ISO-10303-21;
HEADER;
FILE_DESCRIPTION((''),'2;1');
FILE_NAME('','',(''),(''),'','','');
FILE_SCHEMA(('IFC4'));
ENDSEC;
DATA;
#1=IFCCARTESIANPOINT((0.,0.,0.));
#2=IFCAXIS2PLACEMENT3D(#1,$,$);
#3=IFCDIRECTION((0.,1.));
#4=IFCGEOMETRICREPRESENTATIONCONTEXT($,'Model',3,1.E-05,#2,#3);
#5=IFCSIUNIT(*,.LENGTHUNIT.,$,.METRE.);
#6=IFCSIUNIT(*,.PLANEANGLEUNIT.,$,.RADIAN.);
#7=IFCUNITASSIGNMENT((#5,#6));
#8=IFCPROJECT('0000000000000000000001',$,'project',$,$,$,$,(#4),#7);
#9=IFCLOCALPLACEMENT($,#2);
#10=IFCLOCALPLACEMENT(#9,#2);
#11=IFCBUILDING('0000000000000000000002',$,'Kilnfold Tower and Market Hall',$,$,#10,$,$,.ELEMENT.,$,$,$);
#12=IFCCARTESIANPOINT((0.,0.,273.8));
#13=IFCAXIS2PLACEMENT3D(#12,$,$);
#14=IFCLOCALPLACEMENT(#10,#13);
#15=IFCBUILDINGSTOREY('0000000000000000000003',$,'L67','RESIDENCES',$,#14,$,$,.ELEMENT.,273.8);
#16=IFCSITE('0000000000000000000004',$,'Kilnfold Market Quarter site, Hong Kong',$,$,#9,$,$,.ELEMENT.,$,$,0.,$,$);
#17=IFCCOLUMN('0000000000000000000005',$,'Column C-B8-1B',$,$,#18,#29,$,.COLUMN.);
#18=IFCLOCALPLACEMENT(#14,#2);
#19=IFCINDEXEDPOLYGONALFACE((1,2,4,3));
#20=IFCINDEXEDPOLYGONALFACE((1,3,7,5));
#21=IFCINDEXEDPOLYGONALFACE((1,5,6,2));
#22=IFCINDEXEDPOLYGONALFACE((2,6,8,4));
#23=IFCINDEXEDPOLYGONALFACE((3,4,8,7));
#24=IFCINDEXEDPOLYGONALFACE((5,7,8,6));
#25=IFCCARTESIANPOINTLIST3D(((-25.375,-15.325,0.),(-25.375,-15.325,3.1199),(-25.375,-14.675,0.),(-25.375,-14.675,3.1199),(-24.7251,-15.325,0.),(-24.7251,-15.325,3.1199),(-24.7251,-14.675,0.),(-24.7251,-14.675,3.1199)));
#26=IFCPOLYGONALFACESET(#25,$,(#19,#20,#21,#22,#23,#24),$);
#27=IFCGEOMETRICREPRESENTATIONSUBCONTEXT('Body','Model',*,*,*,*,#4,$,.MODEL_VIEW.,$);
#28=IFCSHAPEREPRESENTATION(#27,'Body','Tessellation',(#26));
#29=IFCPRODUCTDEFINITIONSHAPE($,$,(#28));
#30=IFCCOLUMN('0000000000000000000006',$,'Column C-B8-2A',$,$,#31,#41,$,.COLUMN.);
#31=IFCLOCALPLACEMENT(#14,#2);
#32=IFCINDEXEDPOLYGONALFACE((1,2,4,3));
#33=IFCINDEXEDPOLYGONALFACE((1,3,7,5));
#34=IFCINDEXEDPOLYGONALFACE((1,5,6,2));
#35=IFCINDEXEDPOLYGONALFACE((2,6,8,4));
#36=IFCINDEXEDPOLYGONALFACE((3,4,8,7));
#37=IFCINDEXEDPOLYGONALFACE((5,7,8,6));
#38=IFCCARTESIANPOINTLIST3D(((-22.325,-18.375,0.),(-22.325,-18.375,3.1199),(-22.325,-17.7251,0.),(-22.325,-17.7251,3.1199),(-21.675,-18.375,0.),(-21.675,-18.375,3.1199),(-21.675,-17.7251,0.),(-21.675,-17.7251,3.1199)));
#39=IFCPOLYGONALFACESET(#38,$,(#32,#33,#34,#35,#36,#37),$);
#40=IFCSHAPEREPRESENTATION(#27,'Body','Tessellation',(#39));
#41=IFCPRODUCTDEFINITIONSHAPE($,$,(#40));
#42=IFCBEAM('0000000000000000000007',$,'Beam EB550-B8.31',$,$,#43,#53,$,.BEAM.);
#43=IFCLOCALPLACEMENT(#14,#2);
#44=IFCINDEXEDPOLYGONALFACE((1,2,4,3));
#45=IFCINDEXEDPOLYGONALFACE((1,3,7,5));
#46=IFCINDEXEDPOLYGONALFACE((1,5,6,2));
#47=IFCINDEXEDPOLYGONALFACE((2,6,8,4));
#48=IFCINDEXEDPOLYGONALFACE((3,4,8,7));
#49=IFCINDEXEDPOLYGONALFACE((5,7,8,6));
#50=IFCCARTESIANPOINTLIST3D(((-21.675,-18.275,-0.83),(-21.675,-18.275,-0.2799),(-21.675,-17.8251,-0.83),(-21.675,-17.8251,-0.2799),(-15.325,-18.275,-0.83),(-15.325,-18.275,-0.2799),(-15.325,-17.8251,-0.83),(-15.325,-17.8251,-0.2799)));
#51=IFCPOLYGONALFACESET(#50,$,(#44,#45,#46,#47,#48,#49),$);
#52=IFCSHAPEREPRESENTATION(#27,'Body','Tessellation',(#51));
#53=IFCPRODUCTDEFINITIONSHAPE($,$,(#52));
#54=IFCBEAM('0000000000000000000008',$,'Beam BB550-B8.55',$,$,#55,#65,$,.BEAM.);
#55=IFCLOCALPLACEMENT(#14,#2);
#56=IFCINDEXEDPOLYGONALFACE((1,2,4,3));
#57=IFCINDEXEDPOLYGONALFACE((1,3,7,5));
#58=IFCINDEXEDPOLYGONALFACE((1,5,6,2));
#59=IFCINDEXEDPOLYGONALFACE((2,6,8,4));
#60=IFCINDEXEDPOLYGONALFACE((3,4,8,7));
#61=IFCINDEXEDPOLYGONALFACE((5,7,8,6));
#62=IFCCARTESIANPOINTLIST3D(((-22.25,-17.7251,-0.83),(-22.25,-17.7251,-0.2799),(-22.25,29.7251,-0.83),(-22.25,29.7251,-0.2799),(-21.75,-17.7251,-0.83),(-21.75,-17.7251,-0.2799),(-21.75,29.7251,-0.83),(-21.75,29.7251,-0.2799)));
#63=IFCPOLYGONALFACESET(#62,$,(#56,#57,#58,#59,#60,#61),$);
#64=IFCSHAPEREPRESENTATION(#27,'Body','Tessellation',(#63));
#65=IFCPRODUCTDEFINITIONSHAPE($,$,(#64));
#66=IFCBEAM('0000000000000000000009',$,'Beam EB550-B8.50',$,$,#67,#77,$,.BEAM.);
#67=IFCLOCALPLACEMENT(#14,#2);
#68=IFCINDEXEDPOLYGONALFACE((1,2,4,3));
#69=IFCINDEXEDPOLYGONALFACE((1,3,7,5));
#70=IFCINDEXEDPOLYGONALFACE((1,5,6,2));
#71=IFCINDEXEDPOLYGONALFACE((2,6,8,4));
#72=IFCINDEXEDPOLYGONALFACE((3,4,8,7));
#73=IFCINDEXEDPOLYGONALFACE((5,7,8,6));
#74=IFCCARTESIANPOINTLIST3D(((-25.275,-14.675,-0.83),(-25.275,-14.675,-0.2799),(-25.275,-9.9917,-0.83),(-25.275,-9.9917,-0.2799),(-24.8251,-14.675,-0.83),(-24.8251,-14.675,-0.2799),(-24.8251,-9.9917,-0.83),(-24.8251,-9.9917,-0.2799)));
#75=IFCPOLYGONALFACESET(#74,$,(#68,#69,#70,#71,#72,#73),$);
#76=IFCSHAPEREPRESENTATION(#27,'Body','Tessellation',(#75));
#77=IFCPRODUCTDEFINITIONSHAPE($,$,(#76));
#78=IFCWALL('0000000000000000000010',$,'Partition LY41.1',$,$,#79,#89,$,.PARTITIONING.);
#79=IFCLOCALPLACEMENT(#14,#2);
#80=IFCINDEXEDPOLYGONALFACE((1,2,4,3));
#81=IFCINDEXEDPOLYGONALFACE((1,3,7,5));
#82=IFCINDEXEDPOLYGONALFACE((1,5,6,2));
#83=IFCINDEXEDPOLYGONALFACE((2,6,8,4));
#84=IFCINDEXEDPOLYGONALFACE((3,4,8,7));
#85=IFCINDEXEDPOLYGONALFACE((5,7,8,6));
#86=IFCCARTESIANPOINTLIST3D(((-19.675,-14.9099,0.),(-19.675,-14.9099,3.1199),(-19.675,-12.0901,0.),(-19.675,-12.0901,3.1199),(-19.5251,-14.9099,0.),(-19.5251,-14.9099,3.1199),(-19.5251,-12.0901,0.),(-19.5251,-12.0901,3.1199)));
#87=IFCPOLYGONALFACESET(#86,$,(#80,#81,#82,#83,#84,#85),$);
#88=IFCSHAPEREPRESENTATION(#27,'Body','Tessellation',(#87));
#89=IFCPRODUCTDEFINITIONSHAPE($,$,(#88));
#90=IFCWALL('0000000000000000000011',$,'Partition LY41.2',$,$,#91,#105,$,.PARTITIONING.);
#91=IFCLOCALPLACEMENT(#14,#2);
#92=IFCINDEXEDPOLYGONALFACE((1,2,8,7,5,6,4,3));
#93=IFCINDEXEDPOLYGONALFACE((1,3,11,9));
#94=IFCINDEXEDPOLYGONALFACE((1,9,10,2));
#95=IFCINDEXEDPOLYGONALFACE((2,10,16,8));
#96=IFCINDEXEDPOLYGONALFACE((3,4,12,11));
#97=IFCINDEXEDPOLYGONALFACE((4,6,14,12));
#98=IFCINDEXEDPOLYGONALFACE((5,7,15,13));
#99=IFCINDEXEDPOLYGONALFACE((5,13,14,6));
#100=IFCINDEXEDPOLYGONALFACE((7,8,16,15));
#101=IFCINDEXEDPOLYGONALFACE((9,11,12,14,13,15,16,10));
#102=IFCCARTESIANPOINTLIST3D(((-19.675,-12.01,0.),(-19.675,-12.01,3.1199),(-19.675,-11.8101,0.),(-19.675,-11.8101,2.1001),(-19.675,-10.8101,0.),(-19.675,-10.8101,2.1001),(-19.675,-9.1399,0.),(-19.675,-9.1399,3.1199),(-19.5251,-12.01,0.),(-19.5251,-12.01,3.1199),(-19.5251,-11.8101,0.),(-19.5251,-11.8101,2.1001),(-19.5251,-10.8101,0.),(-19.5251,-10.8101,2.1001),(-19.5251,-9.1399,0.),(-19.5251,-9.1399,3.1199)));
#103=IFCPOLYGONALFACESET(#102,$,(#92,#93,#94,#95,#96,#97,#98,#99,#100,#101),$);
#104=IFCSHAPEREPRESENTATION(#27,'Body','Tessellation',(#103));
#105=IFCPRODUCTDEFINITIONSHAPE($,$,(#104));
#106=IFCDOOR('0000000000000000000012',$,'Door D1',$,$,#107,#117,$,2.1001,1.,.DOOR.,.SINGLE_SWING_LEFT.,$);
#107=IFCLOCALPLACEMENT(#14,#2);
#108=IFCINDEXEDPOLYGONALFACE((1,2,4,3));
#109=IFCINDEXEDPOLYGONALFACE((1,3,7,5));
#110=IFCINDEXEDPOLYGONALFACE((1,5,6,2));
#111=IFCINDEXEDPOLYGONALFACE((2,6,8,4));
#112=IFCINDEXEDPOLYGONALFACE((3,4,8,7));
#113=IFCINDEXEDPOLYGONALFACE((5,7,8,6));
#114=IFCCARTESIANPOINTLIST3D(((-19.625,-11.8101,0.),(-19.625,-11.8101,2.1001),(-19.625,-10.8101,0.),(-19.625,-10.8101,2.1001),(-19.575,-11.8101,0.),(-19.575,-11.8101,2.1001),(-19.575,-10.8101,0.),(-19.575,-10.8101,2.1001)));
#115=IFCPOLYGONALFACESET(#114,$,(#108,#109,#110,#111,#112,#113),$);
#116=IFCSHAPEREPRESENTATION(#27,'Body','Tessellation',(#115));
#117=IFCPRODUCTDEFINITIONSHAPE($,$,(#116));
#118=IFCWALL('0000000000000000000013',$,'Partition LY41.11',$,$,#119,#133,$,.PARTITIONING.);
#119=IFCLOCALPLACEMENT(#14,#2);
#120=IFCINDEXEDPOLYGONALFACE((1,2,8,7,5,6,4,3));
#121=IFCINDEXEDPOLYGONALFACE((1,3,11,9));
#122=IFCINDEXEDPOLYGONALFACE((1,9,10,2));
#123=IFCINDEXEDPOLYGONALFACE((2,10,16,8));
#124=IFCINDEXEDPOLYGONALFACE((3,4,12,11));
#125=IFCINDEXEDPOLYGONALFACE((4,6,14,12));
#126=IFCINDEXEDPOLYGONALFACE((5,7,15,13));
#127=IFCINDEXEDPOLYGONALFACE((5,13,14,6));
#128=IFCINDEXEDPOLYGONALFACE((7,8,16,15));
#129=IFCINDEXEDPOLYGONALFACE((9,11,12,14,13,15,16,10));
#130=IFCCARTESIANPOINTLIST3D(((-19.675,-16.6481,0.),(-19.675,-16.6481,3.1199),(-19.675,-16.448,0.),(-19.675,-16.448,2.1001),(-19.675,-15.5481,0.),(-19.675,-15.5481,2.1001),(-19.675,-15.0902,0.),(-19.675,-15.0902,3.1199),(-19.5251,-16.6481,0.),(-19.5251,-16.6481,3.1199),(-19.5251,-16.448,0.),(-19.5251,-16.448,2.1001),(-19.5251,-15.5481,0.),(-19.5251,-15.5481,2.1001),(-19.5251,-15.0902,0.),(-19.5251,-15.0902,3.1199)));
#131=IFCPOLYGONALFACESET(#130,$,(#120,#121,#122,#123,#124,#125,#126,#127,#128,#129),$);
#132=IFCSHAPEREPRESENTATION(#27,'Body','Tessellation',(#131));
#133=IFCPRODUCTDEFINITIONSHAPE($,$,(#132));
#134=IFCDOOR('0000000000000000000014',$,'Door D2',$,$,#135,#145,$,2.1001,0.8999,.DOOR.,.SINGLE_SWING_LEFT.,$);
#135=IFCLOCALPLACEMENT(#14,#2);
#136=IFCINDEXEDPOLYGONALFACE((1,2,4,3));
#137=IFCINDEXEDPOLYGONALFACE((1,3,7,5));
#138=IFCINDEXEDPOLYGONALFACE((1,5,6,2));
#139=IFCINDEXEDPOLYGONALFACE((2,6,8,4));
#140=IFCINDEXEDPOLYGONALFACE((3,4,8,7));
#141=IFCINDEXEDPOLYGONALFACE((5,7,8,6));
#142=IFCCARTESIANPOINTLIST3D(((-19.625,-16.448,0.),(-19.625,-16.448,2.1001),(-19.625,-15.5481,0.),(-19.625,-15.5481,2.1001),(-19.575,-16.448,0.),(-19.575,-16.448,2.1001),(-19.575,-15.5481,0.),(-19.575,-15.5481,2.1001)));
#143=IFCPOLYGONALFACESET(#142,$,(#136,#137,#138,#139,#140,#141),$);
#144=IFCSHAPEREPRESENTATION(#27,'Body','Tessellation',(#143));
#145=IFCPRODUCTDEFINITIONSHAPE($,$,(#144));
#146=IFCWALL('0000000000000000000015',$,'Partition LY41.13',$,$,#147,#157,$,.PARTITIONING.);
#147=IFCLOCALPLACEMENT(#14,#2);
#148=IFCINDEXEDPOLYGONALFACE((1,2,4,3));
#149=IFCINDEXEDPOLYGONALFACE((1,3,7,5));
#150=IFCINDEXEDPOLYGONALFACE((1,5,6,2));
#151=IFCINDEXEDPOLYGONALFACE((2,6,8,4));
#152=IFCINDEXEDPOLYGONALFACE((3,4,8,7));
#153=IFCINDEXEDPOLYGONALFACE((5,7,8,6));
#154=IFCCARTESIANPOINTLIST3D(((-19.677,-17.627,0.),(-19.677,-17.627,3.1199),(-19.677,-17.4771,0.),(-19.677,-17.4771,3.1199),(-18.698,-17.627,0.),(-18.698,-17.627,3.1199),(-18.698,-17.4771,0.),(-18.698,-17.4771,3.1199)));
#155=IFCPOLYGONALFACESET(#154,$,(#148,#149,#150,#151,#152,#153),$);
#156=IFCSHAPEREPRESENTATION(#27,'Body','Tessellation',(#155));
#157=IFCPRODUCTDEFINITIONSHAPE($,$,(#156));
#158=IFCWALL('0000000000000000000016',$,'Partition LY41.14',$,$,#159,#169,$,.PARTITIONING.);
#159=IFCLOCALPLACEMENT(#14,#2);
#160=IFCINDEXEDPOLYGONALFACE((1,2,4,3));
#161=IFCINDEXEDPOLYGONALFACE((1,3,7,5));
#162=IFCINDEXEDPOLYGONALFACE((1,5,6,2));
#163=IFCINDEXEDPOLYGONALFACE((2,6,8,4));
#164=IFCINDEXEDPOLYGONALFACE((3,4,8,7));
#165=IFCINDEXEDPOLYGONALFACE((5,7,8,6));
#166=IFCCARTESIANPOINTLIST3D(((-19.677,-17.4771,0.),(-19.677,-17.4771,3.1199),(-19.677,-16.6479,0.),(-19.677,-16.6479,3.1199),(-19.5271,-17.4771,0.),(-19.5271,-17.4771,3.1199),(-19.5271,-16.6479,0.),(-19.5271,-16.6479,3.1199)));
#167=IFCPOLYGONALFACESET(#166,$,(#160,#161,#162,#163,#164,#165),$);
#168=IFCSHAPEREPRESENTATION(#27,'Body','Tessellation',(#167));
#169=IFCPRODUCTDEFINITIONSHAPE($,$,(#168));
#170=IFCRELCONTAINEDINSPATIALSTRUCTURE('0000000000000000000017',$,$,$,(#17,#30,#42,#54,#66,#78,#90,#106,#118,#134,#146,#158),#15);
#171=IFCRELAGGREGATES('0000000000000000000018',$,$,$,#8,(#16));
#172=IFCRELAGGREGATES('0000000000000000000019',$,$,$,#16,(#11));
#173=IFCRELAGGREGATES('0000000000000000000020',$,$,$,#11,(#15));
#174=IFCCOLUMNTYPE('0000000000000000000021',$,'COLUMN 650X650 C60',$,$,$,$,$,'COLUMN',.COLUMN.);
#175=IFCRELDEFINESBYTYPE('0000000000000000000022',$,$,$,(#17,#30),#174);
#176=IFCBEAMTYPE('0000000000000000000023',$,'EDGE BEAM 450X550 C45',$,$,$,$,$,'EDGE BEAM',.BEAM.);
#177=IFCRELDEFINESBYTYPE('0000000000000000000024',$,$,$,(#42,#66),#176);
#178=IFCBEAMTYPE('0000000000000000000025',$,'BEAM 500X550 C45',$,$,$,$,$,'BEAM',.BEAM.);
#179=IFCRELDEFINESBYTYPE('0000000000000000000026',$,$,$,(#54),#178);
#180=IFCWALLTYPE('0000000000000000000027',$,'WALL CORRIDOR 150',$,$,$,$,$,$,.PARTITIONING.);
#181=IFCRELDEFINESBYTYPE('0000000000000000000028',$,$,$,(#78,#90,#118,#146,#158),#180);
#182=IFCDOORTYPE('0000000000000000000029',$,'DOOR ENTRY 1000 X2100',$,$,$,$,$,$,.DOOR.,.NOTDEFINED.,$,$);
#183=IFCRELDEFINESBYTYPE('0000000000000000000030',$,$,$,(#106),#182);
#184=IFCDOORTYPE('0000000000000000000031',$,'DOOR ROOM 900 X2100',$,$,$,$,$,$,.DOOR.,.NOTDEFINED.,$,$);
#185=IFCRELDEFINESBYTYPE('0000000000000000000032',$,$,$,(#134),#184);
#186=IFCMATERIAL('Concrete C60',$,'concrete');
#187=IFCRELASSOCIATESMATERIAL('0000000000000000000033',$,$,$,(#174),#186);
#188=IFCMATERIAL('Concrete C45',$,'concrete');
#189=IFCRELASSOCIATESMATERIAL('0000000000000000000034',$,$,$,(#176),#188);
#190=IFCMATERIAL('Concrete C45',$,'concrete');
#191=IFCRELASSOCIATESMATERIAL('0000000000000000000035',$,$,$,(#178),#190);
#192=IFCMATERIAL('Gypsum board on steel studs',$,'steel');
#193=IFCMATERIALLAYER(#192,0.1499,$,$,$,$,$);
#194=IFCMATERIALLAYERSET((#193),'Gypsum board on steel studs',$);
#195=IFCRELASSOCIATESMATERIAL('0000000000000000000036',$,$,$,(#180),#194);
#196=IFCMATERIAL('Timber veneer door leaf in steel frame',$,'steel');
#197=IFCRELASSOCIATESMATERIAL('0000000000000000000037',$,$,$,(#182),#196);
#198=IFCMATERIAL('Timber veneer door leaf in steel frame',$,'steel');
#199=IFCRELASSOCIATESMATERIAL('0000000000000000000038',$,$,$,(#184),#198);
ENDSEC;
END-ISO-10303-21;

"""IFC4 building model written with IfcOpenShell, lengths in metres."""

from ifc_helpers import new_model, si_unit, direction, frame, frame_2d, origin, origin_2d, place, context, subcontext, project, spatial, rectangle, extrude, source, transform, mapped, material, layer, layer_set, material_profile, profile_set, type_object, element, fill, save


model = new_model("IFC4")

# Units and contexts
model_context = context("Model", 3, precision=1e-05, world=origin(), true_north=direction((0.0, 1.0)))
body_context = subcontext(model_context, "Body", "Model", "MODEL_VIEW")
ifc_project = project(units=[si_unit("LENGTHUNIT", "METRE"), si_unit("PLANEANGLEUNIT", "RADIAN")], contexts=[model_context])

# Site, building, storey
site_placement = place(None, origin())
site = spatial("IfcSite", under=ifc_project, at=site_placement, Name="Kilnfold Market Quarter site, Hong Kong", CompositionType="ELEMENT", RefElevation=0.0)
building_placement = place(site_placement, origin())
building = spatial("IfcBuilding", under=site, at=building_placement, Name="Kilnfold Tower and Market Hall", CompositionType="ELEMENT")
storey_placement = place(building_placement, frame((0.0, 0.0, 273.8)))
storey = spatial("IfcBuildingStorey", under=building, at=storey_placement, Name="L67", Description="RESIDENCES", CompositionType="ELEMENT", Elevation=273.8)

# Columns
ifc_material_1 = material(Name="Concrete C60", Category="concrete")
ifc_material_profile_1 = material_profile(ifc_material_1, rectangle(XDim=0.6499, YDim=0.6499, at=origin_2d()), Name="RC 650x650")
ifc_profile_set_1 = profile_set([ifc_material_profile_1], Name="Concrete C60")
column_type = type_object("IfcColumnType", Name="COLUMN 650X650 C60", ElementType="COLUMN", PredefinedType="COLUMN", material=ifc_profile_set_1)
shared_shape_1 = source(origin(), body_context, "Body", "SweptSolid", [
    extrude(rectangle(XDim=0.6499, YDim=0.6499, at=origin_2d()), origin(), (0.0, 0.0, 1.0), 3.1199),
])
for number, where, z_axis, x_axis, name in (
    (1, (-25.05, -15.0, 0.0), (0.0, 0.0, 1.0), (1.0, 0.0, 0.0), "Column C-B8-1B"),
    (2, (-22.0, -18.05, 0.0), (0.0, 0.0, 1.0), (1.0, 0.0, 0.0), "Column C-B8-2A"),
):
    element("IfcColumn", number, at=place(storey_placement, frame(where, z_axis=z_axis, x_axis=x_axis)), inside=storey, type_object=column_type, Name=name, PredefinedType="COLUMN", context=body_context, shape_type="MappedRepresentation", body=[
        mapped(shared_shape_1, transform((0.0, 0.0, 0.0))),
    ])

# Beams
ifc_material_2 = material(Name="Concrete C45", Category="concrete")
ifc_material_profile_2 = material_profile(ifc_material_2, rectangle(XDim=0.45, YDim=0.55, at=origin_2d()), Name="RC 450x550")
ifc_profile_set_2 = profile_set([ifc_material_profile_2], Name="Concrete C45")
beam_type_1 = type_object("IfcBeamType", Name="EDGE BEAM 450X550 C45", ElementType="EDGE BEAM", PredefinedType="BEAM", material=ifc_profile_set_2)
shared_shape_2 = source(origin(), body_context, "Body", "SweptSolid", [
    extrude(rectangle(XDim=0.45, YDim=0.55, at=origin_2d()), origin(), (0.0, 0.0, 1.0), 6.3501),
])
beam_1_placement = place(storey_placement, frame((-21.675, -18.05, -0.5549), z_axis=(1.0, 0.0, 0.0), x_axis=(0.0, 1.0, 0.0)))
element("IfcBeam", 3, at=beam_1_placement, inside=storey, type_object=beam_type_1, Name="Beam EB550-B8.31", PredefinedType="BEAM", context=body_context, shape_type="MappedRepresentation", body=[
    mapped(shared_shape_2, transform((0.0, 0.0, 0.0))),
])
ifc_material_3 = material(Name="Concrete C45", Category="concrete")
ifc_material_profile_3 = material_profile(ifc_material_3, rectangle(XDim=0.5, YDim=0.55, at=origin_2d()), Name="RC 500x550")
ifc_profile_set_3 = profile_set([ifc_material_profile_3], Name="Concrete C45")
beam_type_2 = type_object("IfcBeamType", Name="BEAM 500X550 C45", ElementType="BEAM", PredefinedType="BEAM", material=ifc_profile_set_3)
shared_shape_3 = source(origin(), body_context, "Body", "SweptSolid", [
    extrude(rectangle(XDim=0.5, YDim=0.55, at=origin_2d()), origin(), (0.0, 0.0, 1.0), 47.4502),
])
beam_2_placement = place(storey_placement, frame((-22.0, -17.7251, -0.5549), z_axis=(0.0, 1.0, 0.0), x_axis=(-1.0, 0.0, 0.0)))
element("IfcBeam", 4, at=beam_2_placement, inside=storey, type_object=beam_type_2, Name="Beam BB550-B8.55", PredefinedType="BEAM", context=body_context, shape_type="MappedRepresentation", body=[
    mapped(shared_shape_3, transform((0.0, 0.0, 0.0))),
])
shared_shape_4 = source(origin(), body_context, "Body", "SweptSolid", [
    extrude(rectangle(XDim=0.45, YDim=0.55, at=origin_2d()), origin(), (0.0, 0.0, 1.0), 4.6833),
])
beam_3_placement = place(storey_placement, frame((-25.05, -14.675, -0.5549), z_axis=(0.0, 1.0, 0.0), x_axis=(-1.0, 0.0, 0.0)))
element("IfcBeam", 5, at=beam_3_placement, inside=storey, type_object=beam_type_1, Name="Beam EB550-B8.50", PredefinedType="BEAM", context=body_context, shape_type="MappedRepresentation", body=[
    mapped(shared_shape_4, transform((0.0, 0.0, 0.0))),
])

# Wall
ifc_material_4 = material(Name="Gypsum board on steel studs", Category="steel")
ifc_layer_1 = layer(ifc_material_4, 0.1499)
ifc_layer_set_1 = layer_set([ifc_layer_1], Name="Gypsum board on steel studs")
wall_type_1 = type_object("IfcWallType", Name="WALL CORRIDOR 150", PredefinedType="PARTITIONING", material=ifc_layer_set_1)
wall_1_placement = place(storey_placement, frame((-19.6001, -14.9099, 0.0), z_axis=(0.0, 0.0, 1.0), x_axis=(0.0, 1.0, 0.0)))
element("IfcWall", 6, at=wall_1_placement, inside=storey, type_object=wall_type_1, Name="Partition LY41.1", PredefinedType="PARTITIONING", context=body_context, shape_type="SweptSolid", body=[
    extrude(rectangle(XDim=2.8198, YDim=0.1499, at=frame_2d((1.4099, 0.0))), origin(), (0.0, 0.0, 1.0), 3.1199),
])

# Walls, openings, doors
wall_2_placement = place(storey_placement, frame((-19.6001, -12.01, 0.0), z_axis=(0.0, 0.0, 1.0), x_axis=(0.0, 1.0, 0.0)))
wall_2 = element("IfcWall", 7, at=wall_2_placement, inside=storey, type_object=wall_type_1, Name="Partition LY41.2", PredefinedType="PARTITIONING", context=body_context, shape_type="SweptSolid", body=[
    extrude(rectangle(XDim=2.8701, YDim=0.1499, at=frame_2d((1.4351, 0.0))), origin(), (0.0, 0.0, 1.0), 3.1199),
])
opening_1_placement = place(wall_2_placement, frame((0.2, 0.0, 0.0)))
opening_1 = element("IfcOpeningElement", 8, at=opening_1_placement, cuts=wall_2, PredefinedType="OPENING", context=body_context, shape_type="SweptSolid", body=[
    extrude(rectangle(XDim=1.0, YDim=2.1001, at=frame_2d((0.5, 1.05))), frame((0.0, 0.085, 0.0), z_axis=(0.0, -1.0, 0.0), x_axis=(1.0, 0.0, 0.0)), (0.0, 0.0, 1.0), 0.1699),
])
ifc_material_5 = material(Name="Timber veneer door leaf in steel frame", Category="steel")
door_type_1 = type_object("IfcDoorType", Name="DOOR ENTRY 1000 X2100", OperationType="NOTDEFINED", PredefinedType="DOOR", material=ifc_material_5)
door_1_placement = place(opening_1_placement, origin())
door_1 = element("IfcDoor", 9, at=door_1_placement, inside=storey, type_object=door_type_1, Name="Door D1", OperationType="SINGLE_SWING_LEFT", OverallHeight=2.1001, OverallWidth=1.0, PredefinedType="DOOR", context=body_context, shape_type="SweptSolid", body=[
    extrude(rectangle(XDim=1.0, YDim=2.1001, at=frame_2d((0.5, 1.05))), frame((0.0, 0.0249, 0.0), z_axis=(0.0, -1.0, 0.0), x_axis=(1.0, 0.0, 0.0)), (0.0, 0.0, 1.0), 0.05),
])
fill(opening_1, door_1)
wall_3_placement = place(storey_placement, frame((-19.6001, -16.6479, 0.0), z_axis=(0.0, 0.0, 1.0), x_axis=(0.0, 1.0, 0.0)))
wall_3 = element("IfcWall", 10, at=wall_3_placement, inside=storey, type_object=wall_type_1, Name="Partition LY41.11", PredefinedType="PARTITIONING", context=body_context, shape_type="SweptSolid", body=[
    extrude(rectangle(XDim=1.5579, YDim=0.1499, at=frame_2d((0.7788, 0.0))), origin(), (0.0, 0.0, 1.0), 3.1199),
])
opening_2_placement = place(wall_3_placement, frame((0.2, 0.0, 0.0)))
opening_2 = element("IfcOpeningElement", 11, at=opening_2_placement, cuts=wall_3, PredefinedType="OPENING", context=body_context, shape_type="SweptSolid", body=[
    extrude(rectangle(XDim=0.8999, YDim=2.1001, at=frame_2d((0.45, 1.05))), frame((0.0, 0.085, 0.0), z_axis=(0.0, -1.0, 0.0), x_axis=(1.0, 0.0, 0.0)), (0.0, 0.0, 1.0), 0.1699),
])
ifc_material_6 = material(Name="Timber veneer door leaf in steel frame", Category="steel")
door_type_2 = type_object("IfcDoorType", Name="DOOR ROOM 900 X2100", OperationType="NOTDEFINED", PredefinedType="DOOR", material=ifc_material_6)
door_2_placement = place(opening_2_placement, origin())
door_2 = element("IfcDoor", 12, at=door_2_placement, inside=storey, type_object=door_type_2, Name="Door D2", OperationType="SINGLE_SWING_LEFT", OverallHeight=2.1001, OverallWidth=0.8999, PredefinedType="DOOR", context=body_context, shape_type="SweptSolid", body=[
    extrude(rectangle(XDim=0.8999, YDim=2.1001, at=frame_2d((0.45, 1.05))), frame((0.0, 0.0249, 0.0), z_axis=(0.0, -1.0, 0.0), x_axis=(1.0, 0.0, 0.0)), (0.0, 0.0, 1.0), 0.05),
])
fill(opening_2, door_2)

# Walls
wall_4_placement = place(storey_placement, frame((-19.677, -17.552, 0.0), z_axis=(0.0, 0.0, 1.0), x_axis=(1.0, 0.0, 0.0)))
element("IfcWall", 13, at=wall_4_placement, inside=storey, type_object=wall_type_1, Name="Partition LY41.13", PredefinedType="PARTITIONING", context=body_context, shape_type="SweptSolid", body=[
    extrude(rectangle(XDim=0.979, YDim=0.1499, at=frame_2d((0.4895, 0.0))), origin(), (0.0, 0.0, 1.0), 3.1199),
])
wall_5_placement = place(storey_placement, frame((-19.6021, -17.4771, 0.0), z_axis=(0.0, 0.0, 1.0), x_axis=(0.0, 1.0, 0.0)))
element("IfcWall", 14, at=wall_5_placement, inside=storey, type_object=wall_type_1, Name="Partition LY41.14", PredefinedType="PARTITIONING", context=body_context, shape_type="SweptSolid", body=[
    extrude(rectangle(XDim=0.8291, YDim=0.1499, at=frame_2d((0.4146, 0.0))), origin(), (0.0, 0.0, 1.0), 3.1199),
])

save(model, "model.ifc")
